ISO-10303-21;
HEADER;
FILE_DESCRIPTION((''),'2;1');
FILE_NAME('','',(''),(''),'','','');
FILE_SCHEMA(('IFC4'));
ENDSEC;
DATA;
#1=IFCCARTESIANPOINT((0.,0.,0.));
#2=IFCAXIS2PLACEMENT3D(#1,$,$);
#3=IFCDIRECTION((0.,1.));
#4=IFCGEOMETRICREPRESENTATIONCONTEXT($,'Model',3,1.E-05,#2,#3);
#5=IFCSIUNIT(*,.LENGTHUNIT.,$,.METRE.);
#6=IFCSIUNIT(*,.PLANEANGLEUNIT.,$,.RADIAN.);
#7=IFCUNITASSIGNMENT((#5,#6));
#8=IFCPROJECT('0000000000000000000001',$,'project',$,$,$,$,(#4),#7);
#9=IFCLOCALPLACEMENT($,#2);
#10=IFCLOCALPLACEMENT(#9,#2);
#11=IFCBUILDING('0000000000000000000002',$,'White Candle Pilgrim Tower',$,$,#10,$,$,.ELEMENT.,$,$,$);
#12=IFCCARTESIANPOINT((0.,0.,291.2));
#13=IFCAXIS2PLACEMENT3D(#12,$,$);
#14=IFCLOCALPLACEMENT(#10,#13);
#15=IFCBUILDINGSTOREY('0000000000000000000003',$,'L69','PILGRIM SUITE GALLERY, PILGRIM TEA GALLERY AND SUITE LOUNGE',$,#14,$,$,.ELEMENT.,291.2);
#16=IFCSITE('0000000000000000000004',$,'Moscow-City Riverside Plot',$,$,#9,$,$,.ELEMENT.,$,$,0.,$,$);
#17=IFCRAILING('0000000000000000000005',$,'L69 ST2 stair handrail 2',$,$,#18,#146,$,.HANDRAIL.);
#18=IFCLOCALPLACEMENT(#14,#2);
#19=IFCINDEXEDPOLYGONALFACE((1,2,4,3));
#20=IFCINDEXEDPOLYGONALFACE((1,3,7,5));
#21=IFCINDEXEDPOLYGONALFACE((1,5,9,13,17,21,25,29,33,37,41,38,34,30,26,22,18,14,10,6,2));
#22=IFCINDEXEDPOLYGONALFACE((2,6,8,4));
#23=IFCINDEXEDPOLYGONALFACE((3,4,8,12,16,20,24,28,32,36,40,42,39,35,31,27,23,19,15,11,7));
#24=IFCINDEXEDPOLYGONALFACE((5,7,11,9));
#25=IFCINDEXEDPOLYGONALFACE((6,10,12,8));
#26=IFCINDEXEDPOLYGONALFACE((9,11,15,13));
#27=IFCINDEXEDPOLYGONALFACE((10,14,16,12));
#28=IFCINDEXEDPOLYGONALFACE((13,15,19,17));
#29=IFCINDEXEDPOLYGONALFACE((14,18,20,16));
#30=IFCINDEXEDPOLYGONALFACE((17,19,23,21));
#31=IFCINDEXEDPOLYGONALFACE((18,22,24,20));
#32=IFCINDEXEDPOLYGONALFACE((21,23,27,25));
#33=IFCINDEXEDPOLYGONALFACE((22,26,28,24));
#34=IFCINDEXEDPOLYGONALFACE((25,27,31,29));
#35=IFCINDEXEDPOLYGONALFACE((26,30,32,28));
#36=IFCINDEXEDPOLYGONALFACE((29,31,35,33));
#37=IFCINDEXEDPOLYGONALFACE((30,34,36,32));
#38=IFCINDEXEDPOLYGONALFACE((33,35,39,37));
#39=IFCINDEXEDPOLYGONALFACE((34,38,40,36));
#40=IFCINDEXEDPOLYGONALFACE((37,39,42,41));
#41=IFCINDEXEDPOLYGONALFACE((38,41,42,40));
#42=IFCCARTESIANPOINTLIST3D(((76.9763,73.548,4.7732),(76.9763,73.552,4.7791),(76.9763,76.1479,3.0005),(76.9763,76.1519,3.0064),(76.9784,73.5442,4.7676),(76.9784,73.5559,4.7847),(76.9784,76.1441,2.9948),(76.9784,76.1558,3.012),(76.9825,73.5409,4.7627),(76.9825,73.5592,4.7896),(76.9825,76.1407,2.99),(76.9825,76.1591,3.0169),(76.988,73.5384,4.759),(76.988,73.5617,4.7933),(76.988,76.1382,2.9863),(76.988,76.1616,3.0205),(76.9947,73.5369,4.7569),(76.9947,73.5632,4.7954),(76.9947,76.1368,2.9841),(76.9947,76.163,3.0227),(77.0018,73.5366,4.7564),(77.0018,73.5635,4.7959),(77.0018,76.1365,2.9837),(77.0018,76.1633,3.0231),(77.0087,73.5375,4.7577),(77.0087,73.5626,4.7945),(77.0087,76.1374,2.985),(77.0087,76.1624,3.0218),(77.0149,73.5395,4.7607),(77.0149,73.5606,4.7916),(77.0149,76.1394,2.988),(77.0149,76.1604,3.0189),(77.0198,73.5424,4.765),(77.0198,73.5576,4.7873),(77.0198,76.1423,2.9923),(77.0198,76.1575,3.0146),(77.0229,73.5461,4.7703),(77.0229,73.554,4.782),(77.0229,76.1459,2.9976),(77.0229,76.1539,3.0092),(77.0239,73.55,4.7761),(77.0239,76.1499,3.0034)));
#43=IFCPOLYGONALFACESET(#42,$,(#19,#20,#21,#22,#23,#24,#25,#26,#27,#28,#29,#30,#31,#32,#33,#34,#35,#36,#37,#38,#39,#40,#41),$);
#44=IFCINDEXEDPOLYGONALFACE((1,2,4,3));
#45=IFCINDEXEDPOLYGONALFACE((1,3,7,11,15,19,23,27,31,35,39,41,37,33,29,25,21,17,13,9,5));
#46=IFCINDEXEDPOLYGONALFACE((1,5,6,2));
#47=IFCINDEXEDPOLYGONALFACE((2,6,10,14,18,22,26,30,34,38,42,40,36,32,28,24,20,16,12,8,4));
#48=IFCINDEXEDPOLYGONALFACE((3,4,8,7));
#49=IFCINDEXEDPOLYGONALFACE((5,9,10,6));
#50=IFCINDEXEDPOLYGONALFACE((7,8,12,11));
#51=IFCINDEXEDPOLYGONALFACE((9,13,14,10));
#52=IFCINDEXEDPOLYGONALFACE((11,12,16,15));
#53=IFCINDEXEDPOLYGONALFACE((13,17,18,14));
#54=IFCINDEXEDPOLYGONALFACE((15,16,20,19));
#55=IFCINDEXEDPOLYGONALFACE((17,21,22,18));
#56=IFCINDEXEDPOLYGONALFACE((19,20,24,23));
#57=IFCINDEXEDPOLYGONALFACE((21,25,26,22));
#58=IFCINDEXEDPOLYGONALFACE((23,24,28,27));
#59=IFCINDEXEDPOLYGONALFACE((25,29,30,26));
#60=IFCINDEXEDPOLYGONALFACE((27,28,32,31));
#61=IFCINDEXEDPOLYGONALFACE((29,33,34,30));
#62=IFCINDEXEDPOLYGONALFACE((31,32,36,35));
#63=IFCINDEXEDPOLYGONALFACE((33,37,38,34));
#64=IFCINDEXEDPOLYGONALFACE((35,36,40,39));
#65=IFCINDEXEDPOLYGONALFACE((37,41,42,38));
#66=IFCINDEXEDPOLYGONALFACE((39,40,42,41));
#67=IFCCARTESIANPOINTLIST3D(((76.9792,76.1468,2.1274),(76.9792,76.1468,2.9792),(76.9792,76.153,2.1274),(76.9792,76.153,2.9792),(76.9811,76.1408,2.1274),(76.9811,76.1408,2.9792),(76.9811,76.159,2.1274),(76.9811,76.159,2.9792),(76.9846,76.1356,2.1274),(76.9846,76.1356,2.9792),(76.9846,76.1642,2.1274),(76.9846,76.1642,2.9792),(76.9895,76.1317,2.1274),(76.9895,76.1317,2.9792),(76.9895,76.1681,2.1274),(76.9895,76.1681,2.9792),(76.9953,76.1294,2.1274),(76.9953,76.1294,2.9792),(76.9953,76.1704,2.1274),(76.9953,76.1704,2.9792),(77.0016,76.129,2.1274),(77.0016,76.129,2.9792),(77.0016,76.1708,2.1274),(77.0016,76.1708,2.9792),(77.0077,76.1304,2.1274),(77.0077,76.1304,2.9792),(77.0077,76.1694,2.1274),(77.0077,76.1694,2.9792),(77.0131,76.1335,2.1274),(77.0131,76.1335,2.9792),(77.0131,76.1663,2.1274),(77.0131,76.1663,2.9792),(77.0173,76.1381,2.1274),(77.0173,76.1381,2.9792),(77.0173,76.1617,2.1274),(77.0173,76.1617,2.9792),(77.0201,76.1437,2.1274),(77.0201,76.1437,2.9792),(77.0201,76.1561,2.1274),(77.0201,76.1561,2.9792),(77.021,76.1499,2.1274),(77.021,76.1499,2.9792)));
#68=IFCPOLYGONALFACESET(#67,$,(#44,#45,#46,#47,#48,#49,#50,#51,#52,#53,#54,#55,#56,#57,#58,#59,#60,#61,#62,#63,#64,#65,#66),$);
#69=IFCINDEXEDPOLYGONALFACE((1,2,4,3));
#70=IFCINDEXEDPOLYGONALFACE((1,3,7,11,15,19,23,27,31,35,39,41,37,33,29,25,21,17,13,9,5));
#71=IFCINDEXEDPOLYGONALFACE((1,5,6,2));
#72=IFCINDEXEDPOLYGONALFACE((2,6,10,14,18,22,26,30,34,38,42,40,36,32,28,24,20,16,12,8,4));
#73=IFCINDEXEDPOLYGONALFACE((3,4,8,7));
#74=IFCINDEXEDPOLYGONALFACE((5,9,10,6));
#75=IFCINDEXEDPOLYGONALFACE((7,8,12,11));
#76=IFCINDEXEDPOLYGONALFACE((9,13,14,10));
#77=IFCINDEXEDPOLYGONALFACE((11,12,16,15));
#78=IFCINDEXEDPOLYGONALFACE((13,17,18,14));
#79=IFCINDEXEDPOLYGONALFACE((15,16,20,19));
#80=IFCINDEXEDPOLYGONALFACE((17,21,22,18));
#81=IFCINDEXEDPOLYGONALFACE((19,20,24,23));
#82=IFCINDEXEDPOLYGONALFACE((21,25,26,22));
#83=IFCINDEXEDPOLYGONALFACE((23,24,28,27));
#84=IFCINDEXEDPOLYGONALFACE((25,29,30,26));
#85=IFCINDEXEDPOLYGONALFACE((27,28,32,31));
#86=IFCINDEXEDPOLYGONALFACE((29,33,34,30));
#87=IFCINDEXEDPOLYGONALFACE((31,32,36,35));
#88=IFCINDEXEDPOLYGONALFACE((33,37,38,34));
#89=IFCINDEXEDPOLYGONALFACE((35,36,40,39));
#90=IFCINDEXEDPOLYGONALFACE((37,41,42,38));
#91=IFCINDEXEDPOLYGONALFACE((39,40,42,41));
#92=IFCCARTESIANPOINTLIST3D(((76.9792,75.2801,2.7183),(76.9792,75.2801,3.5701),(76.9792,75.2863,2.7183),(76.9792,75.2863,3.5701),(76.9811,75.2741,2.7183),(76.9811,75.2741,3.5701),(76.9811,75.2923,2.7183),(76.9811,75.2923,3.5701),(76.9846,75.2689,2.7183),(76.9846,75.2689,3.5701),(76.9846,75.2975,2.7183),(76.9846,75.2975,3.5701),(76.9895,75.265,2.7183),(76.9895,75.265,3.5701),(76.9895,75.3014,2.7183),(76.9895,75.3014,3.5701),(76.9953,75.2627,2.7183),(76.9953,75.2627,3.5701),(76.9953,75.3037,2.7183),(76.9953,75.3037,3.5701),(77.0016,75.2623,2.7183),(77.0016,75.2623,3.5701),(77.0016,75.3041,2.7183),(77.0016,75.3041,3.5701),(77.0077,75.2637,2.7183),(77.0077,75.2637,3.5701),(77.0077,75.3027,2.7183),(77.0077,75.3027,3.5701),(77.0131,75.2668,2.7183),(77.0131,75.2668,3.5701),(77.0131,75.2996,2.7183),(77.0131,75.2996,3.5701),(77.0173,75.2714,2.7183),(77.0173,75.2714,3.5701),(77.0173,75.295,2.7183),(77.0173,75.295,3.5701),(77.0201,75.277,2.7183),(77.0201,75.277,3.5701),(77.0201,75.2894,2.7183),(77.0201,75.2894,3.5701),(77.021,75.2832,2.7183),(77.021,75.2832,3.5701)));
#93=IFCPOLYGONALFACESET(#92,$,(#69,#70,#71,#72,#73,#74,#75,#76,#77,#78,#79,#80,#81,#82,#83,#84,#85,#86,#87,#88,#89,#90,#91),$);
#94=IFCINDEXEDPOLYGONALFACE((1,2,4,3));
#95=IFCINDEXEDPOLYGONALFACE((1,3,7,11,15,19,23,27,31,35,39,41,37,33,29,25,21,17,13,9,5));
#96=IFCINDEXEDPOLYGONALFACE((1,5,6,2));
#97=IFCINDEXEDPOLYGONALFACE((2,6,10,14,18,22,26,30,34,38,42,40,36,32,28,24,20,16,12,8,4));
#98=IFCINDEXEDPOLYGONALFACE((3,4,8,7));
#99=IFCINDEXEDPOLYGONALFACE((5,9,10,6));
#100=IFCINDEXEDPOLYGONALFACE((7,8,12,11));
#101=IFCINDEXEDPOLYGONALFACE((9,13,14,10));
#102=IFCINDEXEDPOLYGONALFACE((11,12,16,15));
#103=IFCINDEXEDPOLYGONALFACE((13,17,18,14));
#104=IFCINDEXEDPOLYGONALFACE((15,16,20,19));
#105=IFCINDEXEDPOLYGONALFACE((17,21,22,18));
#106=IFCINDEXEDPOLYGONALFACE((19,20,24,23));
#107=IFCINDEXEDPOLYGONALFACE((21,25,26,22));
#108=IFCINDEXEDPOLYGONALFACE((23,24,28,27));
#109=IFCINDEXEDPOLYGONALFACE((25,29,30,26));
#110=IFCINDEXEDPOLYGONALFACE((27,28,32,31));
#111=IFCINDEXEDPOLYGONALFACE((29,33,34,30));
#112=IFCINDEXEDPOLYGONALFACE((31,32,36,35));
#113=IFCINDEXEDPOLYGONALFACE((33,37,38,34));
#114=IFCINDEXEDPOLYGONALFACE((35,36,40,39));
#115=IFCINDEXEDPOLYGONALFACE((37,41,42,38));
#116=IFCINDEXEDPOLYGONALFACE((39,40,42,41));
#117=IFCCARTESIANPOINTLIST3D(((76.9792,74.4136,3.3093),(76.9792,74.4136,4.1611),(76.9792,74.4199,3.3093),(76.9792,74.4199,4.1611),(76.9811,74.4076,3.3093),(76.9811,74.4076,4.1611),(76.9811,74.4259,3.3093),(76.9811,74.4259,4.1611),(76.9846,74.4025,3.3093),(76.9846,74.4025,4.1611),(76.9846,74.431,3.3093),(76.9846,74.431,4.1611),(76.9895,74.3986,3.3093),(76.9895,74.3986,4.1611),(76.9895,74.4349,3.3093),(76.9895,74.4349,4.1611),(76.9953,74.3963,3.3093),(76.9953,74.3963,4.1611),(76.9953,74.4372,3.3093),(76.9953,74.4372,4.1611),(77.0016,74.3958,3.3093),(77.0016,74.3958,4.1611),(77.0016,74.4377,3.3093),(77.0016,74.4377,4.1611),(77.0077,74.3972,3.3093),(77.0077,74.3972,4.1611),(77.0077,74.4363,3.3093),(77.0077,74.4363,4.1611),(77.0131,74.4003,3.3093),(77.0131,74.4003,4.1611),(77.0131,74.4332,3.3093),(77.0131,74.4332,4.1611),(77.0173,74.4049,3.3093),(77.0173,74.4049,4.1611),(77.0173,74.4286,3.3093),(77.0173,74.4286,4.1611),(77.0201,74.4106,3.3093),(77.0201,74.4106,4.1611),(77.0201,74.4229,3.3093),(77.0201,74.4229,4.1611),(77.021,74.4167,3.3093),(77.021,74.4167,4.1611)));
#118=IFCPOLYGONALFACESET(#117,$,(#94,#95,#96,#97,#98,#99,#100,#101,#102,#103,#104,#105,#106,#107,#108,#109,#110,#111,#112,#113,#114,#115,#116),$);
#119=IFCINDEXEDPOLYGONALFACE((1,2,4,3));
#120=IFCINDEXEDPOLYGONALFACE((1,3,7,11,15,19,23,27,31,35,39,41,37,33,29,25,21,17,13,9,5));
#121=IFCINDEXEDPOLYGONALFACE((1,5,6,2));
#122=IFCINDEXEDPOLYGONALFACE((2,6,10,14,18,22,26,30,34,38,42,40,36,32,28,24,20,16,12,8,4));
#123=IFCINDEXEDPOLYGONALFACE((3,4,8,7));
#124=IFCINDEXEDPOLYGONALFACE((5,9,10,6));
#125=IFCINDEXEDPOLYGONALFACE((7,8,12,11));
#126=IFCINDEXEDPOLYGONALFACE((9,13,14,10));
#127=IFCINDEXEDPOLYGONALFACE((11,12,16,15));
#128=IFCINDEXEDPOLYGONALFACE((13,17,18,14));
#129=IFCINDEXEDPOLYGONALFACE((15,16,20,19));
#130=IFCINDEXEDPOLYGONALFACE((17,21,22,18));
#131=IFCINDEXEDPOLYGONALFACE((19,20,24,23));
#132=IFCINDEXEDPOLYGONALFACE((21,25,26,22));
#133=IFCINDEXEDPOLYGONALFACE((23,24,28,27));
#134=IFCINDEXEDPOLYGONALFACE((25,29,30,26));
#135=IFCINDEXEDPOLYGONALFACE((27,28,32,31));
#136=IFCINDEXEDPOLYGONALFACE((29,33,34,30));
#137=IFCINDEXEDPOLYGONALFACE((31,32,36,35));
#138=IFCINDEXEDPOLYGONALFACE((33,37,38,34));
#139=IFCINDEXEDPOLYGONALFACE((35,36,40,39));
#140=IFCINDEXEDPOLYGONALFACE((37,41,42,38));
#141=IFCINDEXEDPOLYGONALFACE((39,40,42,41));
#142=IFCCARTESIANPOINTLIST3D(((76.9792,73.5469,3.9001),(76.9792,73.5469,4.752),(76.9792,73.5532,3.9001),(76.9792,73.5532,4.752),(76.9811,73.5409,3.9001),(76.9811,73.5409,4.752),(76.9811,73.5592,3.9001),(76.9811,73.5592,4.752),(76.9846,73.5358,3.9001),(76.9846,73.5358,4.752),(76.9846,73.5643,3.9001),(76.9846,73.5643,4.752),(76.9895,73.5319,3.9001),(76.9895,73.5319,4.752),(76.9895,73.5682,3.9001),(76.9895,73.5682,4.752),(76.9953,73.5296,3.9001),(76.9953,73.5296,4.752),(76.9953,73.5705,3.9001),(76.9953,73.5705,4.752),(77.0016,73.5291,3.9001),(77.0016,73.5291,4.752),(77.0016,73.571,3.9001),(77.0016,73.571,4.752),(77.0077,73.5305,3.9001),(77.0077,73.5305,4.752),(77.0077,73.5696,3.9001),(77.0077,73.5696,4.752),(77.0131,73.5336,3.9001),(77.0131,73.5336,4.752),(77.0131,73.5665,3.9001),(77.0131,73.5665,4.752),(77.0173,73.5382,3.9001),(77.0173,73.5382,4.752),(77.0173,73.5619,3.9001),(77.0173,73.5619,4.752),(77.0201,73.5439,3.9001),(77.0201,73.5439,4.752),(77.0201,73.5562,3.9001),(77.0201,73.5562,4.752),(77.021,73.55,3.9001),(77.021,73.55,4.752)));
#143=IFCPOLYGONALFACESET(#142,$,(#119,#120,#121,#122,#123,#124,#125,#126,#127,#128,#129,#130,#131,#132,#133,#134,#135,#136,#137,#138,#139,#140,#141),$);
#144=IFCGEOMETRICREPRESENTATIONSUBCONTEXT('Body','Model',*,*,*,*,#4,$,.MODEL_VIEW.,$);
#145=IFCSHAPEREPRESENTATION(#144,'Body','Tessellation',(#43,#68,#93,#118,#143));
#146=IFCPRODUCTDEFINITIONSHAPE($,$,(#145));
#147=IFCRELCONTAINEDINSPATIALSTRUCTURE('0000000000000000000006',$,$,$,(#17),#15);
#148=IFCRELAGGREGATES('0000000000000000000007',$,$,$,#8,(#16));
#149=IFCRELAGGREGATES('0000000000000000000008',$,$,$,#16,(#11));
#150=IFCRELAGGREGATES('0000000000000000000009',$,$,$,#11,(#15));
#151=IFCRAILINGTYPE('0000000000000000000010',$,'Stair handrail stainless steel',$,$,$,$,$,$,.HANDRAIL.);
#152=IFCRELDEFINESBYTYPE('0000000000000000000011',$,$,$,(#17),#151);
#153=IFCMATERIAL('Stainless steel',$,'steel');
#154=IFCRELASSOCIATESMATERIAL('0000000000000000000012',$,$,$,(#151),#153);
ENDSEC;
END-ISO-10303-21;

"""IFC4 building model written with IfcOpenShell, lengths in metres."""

from ifc_helpers import new_model, si_unit, direction, frame, origin, origin_2d, place, context, subcontext, project, spatial, circle, extrude, material, type_object, element, save


model = new_model("IFC4")

# Units and contexts
model_context = context("Model", 3, precision=1e-05, world=origin(), true_north=direction((0.0, 1.0)))
body_context = subcontext(model_context, "Body", "Model", "MODEL_VIEW")
ifc_project = project(units=[si_unit("LENGTHUNIT", "METRE"), si_unit("PLANEANGLEUNIT", "RADIAN")], contexts=[model_context])

# Site, building, storey
site_placement = place(None, origin())
site = spatial("IfcSite", under=ifc_project, at=site_placement, Name="Moscow-City Riverside Plot", CompositionType="ELEMENT", RefElevation=0.0)
building_placement = place(site_placement, origin())
building = spatial("IfcBuilding", under=site, at=building_placement, Name="White Candle Pilgrim Tower", CompositionType="ELEMENT")
storey_placement = place(building_placement, frame((0.0, 0.0, 291.2)))
storey = spatial("IfcBuildingStorey", under=building, at=storey_placement, Name="L69", Description="PILGRIM SUITE GALLERY, PILGRIM TEA GALLERY AND SUITE LOUNGE", CompositionType="ELEMENT", Elevation=291.2)

# Railing
ifc_material_1 = material(Name="Stainless steel", Category="steel")
railing_type_1 = type_object("IfcRailingType", Name="Stair handrail stainless steel", PredefinedType="HANDRAIL", material=ifc_material_1)
railing_1_placement = place(storey_placement, frame((77.0, 76.1499, 2.1274)))
element("IfcRailing", 1, at=railing_1_placement, inside=storey, type_object=railing_type_1, Name="L69 ST2 stair handrail 2", PredefinedType="HANDRAIL", context=body_context, shape_type="SweptSolid", body=[
    extrude(circle(Radius=0.0239, at=origin_2d()), frame((0.0, 0.0, 0.876), z_axis=(0.0, -0.826216, 0.563354), x_axis=(1.0, 0.0, 0.0)), (0.0, 0.0, 1.0), 3.1467),
    extrude(circle(Radius=0.021, at=origin_2d()), origin(), (0.0, 0.0, 1.0), 0.8518),
    extrude(circle(Radius=0.021, at=origin_2d()), frame((0.0, -0.8667, 0.5908)), (0.0, 0.0, 1.0), 0.8518),
    extrude(circle(Radius=0.021, at=origin_2d()), frame((0.0, -1.7332, 1.1819)), (0.0, 0.0, 1.0), 0.8518),
    extrude(circle(Radius=0.021, at=origin_2d()), frame((0.0, -2.5999, 1.7727)), (0.0, 0.0, 1.0), 0.8518),
])

save(model, "model.ifc")
